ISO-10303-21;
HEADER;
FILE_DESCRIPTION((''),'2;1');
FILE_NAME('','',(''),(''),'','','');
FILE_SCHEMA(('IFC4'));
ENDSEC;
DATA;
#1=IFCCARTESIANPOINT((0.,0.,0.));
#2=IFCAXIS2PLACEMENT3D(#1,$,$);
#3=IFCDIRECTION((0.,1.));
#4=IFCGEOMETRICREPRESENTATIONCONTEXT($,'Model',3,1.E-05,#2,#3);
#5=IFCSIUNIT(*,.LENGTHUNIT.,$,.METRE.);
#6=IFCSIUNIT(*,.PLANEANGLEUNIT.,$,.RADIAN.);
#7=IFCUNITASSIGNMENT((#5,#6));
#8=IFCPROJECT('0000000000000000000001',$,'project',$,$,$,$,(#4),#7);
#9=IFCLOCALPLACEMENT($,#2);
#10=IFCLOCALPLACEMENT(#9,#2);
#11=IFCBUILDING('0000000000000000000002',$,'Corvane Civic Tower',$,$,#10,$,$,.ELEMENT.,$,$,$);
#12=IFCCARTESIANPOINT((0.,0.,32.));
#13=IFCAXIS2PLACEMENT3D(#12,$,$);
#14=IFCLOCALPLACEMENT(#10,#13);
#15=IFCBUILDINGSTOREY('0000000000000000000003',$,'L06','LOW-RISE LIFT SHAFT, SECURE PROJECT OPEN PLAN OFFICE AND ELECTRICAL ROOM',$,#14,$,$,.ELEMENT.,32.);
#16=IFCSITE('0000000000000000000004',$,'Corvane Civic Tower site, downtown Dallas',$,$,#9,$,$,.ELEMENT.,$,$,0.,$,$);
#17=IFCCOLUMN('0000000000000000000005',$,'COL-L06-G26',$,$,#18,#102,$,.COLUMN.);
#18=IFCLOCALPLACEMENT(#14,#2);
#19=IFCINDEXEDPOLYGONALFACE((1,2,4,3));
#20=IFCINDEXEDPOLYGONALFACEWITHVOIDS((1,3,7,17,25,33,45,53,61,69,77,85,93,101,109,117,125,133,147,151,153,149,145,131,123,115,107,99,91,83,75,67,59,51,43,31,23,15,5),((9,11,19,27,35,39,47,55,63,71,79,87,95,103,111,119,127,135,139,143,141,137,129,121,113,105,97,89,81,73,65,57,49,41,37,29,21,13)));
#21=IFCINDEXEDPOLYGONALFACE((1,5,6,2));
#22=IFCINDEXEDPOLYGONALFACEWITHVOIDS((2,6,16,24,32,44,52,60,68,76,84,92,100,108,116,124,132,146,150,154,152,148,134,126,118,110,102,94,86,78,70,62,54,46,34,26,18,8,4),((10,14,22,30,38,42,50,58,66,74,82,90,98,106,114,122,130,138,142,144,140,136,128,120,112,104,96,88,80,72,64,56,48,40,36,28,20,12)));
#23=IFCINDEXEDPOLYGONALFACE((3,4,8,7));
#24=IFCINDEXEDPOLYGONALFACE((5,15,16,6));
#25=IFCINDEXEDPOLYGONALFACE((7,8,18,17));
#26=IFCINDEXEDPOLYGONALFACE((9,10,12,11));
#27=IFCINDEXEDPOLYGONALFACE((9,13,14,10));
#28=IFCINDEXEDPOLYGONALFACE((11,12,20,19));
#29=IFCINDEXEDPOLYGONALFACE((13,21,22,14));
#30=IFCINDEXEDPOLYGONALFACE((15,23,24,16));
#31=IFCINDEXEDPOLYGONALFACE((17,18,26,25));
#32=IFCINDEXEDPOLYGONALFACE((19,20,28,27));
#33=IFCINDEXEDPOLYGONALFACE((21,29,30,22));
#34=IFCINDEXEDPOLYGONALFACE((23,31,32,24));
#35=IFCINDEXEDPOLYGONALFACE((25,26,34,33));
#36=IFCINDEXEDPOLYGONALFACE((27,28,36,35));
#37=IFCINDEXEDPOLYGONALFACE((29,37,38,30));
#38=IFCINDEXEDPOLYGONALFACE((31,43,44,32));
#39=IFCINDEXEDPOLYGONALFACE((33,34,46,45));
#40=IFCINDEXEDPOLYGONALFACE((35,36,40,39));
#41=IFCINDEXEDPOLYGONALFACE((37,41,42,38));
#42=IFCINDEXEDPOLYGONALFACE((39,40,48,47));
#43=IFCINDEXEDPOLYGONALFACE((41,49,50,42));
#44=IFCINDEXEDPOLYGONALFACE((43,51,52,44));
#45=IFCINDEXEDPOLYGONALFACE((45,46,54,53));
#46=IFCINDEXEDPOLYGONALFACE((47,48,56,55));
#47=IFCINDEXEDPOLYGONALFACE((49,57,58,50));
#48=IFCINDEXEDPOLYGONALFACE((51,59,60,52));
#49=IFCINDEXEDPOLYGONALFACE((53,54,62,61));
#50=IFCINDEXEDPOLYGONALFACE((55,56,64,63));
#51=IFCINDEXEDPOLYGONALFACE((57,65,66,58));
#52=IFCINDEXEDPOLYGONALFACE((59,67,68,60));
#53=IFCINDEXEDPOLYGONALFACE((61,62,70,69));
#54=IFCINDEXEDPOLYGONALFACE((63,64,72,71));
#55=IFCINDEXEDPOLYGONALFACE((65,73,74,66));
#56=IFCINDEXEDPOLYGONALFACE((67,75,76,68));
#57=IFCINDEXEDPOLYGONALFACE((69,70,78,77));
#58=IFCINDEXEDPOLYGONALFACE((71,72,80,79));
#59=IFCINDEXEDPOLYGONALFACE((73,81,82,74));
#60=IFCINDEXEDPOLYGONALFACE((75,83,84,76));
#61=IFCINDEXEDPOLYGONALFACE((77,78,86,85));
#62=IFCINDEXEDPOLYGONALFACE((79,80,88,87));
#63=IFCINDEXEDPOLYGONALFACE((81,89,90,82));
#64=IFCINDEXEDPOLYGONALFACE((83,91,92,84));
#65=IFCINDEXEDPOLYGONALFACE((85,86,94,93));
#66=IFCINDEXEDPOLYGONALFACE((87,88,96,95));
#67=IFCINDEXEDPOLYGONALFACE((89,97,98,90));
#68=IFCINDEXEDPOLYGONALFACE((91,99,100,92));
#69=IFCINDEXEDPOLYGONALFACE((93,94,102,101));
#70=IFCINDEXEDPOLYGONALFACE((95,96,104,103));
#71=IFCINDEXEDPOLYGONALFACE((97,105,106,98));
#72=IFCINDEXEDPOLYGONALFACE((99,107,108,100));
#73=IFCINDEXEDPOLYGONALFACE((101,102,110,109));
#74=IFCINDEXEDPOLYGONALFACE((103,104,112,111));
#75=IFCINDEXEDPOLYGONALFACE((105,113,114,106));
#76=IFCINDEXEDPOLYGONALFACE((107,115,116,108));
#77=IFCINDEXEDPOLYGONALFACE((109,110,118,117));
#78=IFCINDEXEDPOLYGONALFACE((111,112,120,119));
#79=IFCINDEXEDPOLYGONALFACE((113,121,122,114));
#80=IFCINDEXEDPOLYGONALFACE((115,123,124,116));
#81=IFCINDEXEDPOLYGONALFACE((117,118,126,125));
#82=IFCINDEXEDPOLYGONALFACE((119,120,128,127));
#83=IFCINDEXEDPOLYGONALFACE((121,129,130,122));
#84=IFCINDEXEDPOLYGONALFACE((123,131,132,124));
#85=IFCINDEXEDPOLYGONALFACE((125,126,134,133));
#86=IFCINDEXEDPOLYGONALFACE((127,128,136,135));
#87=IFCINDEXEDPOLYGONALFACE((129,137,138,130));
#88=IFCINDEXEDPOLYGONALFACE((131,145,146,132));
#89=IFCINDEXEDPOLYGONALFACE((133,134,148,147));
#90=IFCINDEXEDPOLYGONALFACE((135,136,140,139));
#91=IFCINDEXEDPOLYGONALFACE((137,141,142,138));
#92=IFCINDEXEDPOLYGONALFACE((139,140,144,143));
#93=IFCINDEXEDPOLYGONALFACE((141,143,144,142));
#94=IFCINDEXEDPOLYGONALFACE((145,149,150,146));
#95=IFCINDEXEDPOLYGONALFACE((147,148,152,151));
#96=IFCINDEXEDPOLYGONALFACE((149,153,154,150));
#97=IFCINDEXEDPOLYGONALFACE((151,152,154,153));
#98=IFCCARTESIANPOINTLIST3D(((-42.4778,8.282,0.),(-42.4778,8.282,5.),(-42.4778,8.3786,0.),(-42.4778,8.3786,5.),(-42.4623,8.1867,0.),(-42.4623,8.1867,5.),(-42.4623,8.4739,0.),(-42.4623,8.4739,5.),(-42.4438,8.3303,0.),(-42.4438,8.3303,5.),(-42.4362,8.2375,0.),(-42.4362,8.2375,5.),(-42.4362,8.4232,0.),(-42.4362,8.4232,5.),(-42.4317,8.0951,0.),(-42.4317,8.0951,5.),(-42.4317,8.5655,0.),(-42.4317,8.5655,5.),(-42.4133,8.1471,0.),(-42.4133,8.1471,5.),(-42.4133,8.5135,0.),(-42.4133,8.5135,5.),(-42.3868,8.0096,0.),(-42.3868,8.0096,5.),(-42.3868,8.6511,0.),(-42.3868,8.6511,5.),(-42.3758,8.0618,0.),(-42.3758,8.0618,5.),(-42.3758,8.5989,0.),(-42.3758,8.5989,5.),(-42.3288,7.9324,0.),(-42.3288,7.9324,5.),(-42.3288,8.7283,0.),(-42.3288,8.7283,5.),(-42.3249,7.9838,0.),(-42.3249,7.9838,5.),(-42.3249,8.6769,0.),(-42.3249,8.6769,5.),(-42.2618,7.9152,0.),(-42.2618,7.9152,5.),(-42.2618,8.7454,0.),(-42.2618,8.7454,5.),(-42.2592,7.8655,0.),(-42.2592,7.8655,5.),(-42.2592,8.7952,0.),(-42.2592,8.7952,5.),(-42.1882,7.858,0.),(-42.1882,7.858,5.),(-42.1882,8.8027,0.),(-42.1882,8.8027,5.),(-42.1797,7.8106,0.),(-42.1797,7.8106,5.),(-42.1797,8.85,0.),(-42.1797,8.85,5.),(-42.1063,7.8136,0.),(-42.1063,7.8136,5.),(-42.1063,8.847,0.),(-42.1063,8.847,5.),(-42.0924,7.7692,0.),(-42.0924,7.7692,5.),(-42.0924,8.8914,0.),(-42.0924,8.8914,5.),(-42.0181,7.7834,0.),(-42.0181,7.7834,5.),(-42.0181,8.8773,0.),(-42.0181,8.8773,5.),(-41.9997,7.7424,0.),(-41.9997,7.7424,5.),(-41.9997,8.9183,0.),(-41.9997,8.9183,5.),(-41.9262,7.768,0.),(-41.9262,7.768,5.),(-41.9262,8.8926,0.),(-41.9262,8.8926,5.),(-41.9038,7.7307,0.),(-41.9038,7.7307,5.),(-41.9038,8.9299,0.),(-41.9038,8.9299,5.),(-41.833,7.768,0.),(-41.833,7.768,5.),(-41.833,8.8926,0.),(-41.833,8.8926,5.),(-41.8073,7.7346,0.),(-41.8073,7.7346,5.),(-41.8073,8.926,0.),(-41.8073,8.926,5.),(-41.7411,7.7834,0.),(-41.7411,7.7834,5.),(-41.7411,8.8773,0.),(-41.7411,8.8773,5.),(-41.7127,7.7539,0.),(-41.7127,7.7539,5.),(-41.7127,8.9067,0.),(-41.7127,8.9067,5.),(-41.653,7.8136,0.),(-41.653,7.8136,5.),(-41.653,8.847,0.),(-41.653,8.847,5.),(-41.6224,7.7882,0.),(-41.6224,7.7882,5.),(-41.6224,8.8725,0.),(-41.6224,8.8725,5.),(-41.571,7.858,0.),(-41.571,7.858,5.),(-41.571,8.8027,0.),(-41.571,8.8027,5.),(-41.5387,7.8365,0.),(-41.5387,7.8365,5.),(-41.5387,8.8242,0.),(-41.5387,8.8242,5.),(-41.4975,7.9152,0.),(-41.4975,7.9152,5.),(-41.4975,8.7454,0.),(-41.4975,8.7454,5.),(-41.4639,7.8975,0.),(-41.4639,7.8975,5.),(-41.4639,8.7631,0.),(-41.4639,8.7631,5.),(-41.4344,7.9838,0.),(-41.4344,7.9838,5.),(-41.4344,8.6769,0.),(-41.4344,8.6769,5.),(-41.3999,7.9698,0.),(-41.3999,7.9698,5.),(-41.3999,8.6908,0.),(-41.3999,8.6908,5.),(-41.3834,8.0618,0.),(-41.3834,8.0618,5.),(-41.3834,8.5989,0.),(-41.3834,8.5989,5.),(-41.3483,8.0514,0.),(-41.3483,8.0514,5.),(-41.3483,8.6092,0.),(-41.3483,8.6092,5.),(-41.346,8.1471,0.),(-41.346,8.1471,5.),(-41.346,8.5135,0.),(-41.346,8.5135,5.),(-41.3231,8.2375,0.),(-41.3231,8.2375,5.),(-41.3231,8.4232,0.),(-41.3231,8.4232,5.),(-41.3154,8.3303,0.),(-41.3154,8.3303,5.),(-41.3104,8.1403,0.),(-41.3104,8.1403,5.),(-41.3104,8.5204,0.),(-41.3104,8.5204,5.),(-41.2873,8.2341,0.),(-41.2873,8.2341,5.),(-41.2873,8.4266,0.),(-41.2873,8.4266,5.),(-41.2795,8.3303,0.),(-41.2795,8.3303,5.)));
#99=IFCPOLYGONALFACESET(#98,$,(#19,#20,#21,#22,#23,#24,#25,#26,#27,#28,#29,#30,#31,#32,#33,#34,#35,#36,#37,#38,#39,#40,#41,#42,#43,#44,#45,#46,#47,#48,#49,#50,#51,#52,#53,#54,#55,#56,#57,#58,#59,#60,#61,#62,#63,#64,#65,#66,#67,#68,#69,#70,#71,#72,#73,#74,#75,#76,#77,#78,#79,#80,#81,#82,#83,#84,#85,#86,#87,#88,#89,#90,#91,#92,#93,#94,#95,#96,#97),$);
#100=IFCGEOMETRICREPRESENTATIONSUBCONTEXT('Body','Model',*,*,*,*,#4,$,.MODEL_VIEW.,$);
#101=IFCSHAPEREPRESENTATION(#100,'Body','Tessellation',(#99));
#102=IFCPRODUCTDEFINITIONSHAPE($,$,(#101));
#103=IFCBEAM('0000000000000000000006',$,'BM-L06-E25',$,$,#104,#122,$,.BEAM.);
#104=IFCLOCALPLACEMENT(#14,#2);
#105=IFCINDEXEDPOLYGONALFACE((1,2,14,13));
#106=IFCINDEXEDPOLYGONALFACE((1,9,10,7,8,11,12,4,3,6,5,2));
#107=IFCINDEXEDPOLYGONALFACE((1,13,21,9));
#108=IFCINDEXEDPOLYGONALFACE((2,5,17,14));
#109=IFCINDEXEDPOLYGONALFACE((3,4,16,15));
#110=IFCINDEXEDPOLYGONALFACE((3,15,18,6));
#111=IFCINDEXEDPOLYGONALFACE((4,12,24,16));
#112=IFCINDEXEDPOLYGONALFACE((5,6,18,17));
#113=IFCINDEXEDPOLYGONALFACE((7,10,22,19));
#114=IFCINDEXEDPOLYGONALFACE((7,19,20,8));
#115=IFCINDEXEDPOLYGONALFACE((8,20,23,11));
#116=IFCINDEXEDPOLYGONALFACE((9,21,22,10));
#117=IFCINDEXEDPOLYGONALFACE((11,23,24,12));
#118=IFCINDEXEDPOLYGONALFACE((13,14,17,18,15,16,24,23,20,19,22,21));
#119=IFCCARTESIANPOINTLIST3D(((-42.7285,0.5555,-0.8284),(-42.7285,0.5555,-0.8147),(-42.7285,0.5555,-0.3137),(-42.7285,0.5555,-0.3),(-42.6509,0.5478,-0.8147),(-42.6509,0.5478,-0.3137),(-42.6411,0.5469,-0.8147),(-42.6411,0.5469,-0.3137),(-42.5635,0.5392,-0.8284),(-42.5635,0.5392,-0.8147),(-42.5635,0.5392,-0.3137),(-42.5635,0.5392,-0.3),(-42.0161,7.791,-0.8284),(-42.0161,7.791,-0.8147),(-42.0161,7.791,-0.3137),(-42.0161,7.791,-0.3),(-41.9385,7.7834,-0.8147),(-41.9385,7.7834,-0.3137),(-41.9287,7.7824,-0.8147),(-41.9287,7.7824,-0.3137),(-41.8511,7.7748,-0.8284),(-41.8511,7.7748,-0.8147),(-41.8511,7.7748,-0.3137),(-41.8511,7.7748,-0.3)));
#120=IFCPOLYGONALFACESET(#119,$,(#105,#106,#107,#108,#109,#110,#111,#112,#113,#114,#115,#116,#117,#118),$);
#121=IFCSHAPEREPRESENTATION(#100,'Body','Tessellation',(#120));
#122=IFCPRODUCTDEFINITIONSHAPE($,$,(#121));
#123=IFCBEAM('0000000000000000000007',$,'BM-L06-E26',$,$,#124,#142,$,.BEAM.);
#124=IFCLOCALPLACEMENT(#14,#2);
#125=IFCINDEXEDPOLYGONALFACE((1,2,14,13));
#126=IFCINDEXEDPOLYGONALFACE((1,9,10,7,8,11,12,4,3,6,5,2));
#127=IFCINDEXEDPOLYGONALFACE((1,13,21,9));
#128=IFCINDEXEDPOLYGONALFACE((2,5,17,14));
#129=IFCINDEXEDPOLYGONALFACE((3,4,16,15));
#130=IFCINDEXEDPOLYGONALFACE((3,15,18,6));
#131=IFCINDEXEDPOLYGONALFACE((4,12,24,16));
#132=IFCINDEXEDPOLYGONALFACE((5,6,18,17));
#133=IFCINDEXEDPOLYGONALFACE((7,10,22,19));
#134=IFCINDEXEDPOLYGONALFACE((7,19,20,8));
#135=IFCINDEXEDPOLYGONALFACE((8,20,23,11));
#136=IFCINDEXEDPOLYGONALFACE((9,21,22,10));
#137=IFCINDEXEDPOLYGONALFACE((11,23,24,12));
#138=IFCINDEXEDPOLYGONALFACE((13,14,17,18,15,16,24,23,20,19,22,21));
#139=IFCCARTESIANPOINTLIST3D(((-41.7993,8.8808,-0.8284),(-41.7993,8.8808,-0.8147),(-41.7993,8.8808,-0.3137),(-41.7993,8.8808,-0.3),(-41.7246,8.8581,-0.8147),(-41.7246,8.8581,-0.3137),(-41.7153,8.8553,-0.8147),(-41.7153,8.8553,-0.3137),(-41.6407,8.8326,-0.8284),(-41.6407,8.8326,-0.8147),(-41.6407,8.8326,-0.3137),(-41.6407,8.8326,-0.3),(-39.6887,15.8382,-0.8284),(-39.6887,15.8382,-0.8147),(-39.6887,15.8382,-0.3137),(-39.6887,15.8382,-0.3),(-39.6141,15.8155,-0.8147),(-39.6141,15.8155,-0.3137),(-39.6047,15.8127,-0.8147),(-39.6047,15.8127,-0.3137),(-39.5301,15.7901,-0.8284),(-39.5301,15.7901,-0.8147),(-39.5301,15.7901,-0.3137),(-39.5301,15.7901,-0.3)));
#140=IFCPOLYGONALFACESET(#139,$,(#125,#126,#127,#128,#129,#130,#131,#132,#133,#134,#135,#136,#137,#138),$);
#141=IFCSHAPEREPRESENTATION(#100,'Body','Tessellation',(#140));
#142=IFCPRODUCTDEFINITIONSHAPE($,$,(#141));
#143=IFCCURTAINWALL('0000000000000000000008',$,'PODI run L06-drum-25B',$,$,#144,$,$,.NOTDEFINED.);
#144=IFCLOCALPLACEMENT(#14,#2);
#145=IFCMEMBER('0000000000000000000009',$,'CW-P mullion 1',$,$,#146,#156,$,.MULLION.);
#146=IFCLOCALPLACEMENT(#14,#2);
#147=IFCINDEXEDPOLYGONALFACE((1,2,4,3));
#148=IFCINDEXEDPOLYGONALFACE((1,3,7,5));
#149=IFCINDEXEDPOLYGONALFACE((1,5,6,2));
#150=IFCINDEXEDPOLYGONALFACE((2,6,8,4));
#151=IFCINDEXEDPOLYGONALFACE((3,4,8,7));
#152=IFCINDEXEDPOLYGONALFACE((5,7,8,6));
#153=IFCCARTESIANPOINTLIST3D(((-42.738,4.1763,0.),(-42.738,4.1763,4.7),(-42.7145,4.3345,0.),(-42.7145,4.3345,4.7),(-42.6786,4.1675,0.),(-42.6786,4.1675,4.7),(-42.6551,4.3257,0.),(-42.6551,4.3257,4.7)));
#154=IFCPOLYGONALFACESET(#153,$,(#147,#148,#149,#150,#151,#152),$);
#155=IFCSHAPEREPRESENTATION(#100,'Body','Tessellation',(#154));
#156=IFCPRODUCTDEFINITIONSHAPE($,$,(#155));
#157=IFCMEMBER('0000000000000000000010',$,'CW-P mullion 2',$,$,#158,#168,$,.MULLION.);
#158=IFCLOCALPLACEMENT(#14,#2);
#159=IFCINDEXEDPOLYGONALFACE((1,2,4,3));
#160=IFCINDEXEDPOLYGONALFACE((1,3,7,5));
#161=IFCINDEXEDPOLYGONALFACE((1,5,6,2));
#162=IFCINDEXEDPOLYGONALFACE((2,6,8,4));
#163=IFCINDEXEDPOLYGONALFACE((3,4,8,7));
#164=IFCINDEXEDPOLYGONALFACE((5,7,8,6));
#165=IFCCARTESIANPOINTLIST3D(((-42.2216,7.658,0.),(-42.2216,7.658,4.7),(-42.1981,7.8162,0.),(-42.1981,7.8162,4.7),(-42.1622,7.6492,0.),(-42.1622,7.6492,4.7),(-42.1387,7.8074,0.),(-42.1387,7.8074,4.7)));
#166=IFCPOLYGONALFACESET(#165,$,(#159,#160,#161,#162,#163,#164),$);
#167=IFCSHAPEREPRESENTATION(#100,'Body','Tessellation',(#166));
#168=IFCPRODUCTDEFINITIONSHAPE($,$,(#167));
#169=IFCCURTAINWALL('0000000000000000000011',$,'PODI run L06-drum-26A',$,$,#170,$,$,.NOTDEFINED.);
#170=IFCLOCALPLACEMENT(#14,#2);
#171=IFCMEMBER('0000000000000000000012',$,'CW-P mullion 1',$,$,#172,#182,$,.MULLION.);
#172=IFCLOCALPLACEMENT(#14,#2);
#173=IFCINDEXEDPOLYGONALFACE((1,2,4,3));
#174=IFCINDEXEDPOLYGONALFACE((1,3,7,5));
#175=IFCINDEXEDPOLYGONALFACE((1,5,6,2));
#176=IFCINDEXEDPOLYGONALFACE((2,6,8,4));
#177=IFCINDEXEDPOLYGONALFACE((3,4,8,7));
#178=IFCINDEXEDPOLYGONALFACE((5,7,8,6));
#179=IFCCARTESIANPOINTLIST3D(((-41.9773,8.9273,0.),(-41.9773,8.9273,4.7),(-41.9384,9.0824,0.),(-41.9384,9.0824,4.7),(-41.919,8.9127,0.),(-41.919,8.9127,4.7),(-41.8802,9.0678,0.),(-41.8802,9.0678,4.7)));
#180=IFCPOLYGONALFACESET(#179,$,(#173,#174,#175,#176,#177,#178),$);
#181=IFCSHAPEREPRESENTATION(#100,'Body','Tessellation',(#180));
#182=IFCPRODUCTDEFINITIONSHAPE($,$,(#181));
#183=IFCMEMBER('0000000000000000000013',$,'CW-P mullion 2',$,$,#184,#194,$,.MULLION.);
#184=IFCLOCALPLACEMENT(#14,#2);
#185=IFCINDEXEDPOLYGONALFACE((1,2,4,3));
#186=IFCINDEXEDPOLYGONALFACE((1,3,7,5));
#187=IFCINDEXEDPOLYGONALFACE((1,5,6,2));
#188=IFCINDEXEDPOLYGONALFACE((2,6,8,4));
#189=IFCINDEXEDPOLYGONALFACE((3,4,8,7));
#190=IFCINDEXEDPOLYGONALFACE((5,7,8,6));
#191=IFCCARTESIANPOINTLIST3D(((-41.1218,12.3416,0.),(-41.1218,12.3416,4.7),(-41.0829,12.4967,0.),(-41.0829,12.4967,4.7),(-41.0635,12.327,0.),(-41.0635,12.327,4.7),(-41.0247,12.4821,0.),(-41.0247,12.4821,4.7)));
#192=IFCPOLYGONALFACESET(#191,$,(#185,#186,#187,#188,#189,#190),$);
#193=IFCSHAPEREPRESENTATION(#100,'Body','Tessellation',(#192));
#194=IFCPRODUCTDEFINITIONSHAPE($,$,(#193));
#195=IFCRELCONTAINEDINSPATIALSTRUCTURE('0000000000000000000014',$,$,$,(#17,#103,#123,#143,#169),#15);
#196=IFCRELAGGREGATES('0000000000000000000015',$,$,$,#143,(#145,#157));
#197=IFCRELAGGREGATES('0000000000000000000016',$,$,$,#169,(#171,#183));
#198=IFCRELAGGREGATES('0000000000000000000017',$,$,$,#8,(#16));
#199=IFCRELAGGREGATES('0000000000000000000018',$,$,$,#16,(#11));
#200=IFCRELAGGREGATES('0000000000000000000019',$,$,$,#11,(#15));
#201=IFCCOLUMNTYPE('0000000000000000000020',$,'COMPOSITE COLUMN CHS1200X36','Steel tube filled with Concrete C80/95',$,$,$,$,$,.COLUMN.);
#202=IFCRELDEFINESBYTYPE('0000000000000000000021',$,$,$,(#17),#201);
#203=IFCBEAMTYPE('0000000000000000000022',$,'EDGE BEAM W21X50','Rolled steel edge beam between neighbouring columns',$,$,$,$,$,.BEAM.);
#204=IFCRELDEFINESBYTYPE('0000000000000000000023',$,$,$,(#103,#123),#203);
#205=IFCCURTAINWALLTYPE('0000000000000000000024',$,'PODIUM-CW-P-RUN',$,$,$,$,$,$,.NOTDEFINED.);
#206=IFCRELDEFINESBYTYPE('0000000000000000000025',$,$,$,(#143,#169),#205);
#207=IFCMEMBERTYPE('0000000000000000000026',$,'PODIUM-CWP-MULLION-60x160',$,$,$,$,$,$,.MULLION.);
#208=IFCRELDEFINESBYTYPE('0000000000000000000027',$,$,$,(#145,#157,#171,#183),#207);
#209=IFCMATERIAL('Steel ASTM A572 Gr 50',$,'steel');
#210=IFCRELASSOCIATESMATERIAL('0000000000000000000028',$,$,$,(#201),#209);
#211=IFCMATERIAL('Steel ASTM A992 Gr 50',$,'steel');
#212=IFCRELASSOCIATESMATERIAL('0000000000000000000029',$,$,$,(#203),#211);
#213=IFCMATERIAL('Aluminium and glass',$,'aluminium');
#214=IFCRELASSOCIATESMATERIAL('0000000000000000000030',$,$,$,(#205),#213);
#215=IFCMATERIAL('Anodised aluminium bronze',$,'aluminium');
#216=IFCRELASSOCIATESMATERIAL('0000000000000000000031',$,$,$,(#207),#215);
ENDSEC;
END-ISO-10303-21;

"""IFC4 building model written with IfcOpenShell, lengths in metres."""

from ifc_helpers import new_model, si_unit, direction, frame, origin, origin_2d, place, context, subcontext, project, spatial, rectangle, hollow_circle, i_section, extrude, material, material_profile, profile_set, type_object, element, aggregate, save


model = new_model("IFC4")

# Units and contexts
model_context = context("Model", 3, precision=1e-05, world=origin(), true_north=direction((0.0, 1.0)))
body_context = subcontext(model_context, "Body", "Model", "MODEL_VIEW")
ifc_project = project(units=[si_unit("LENGTHUNIT", "METRE"), si_unit("PLANEANGLEUNIT", "RADIAN")], contexts=[model_context])

# Site, building, storey
site_placement = place(None, origin())
site = spatial("IfcSite", under=ifc_project, at=site_placement, Name="Corvane Civic Tower site, downtown Dallas", CompositionType="ELEMENT", RefElevation=0.0)
building_placement = place(site_placement, origin())
building = spatial("IfcBuilding", under=site, at=building_placement, Name="Corvane Civic Tower", CompositionType="ELEMENT")
storey_placement = place(building_placement, frame((0.0, 0.0, 32.0)))
storey = spatial("IfcBuildingStorey", under=building, at=storey_placement, Name="L06", Description="LOW-RISE LIFT SHAFT, SECURE PROJECT OPEN PLAN OFFICE AND ELECTRICAL ROOM", CompositionType="ELEMENT", Elevation=32.0)

# Column
ifc_material_1 = material(Name="Steel ASTM A572 Gr 50", Category="steel")
ifc_material_profile_1 = material_profile(ifc_material_1, hollow_circle(Radius=0.6001, WallThickness=0.0359, at=origin_2d()), Name="CHS1200X36")
ifc_profile_set_1 = profile_set([ifc_material_profile_1], Name="Steel ASTM A572 Gr 50")
column_type = type_object("IfcColumnType", Name="COMPOSITE COLUMN CHS1200X36", Description="Steel tube filled with Concrete C80/95", PredefinedType="COLUMN", material=ifc_profile_set_1)
column_placement = place(storey_placement, frame((-41.8796, 8.3303, 0.0), z_axis=(0.0, 0.0, 1.0), x_axis=(1.0, 0.0, 0.0)))
element("IfcColumn", 1, at=column_placement, inside=storey, type_object=column_type, Name="COL-L06-G26", PredefinedType="COLUMN", context=body_context, shape_type="SweptSolid", body=[
    extrude(hollow_circle(Radius=0.6001, WallThickness=0.0359, at=origin_2d()), origin(), (0.0, 0.0, 1.0), 5.0),
])

# Beams
ifc_material_2 = material(Name="Steel ASTM A992 Gr 50", Category="steel")
ifc_material_profile_2 = material_profile(ifc_material_2, i_section(OverallWidth=0.1658, OverallDepth=0.5283, WebThickness=0.0098, FlangeThickness=0.0137, at=origin_2d()), Name="W21X50")
ifc_profile_set_2 = profile_set([ifc_material_profile_2], Name="Steel ASTM A992 Gr 50")
beam_type = type_object("IfcBeamType", Name="EDGE BEAM W21X50", Description="Rolled steel edge beam between neighbouring columns", PredefinedType="BEAM", material=ifc_profile_set_2)
for number, where, z_axis, x_axis, name in (
    (2, (-42.646, 0.5474, -0.5642), (0.097984, 0.995188, 0.0), (-0.995188, 0.097984, 0.0), "BM-L06-E25"),
    (3, (-41.72, 8.8567, -0.5642), (0.290292, 0.956938, 0.0), (-0.956938, 0.290292, 0.0), "BM-L06-E26"),
):
    element("IfcBeam", number, at=place(storey_placement, frame(where, z_axis=z_axis, x_axis=x_axis)), inside=storey, type_object=beam_type, Name=name, PredefinedType="BEAM", context=body_context, shape_type="SweptSolid", body=[
        extrude(i_section(OverallWidth=0.1658, OverallDepth=0.5283, WebThickness=0.0098, FlangeThickness=0.0137, at=origin_2d()), origin(), (0.0, 0.0, 1.0), 7.2705),
    ])

# Curtain walls, members
ifc_material_3 = material(Name="Aluminium and glass", Category="aluminium")
curtain_wall_type = type_object("IfcCurtainWallType", Name="PODIUM-CW-P-RUN", PredefinedType="NOTDEFINED", material=ifc_material_3)
curtain_wall_1_placement = place(storey_placement, origin())
curtain_wall_1 = element("IfcCurtainWall", 4, at=curtain_wall_1_placement, inside=storey, type_object=curtain_wall_type, Name="PODI run L06-drum-25B", PredefinedType="NOTDEFINED")
ifc_material_4 = material(Name="Anodised aluminium bronze", Category="aluminium")
ifc_material_profile_3 = material_profile(ifc_material_4, rectangle(XDim=0.0601, YDim=0.1599, at=origin_2d()), Name="AL 60x160")
ifc_profile_set_3 = profile_set([ifc_material_profile_3], Name="Anodised aluminium bronze")
member_type_1 = type_object("IfcMemberType", Name="PODIUM-CWP-MULLION-60x160", PredefinedType="MULLION", material=ifc_profile_set_3)
member_1_placement = place(storey_placement, frame((-42.6965, 4.251, 0.0), z_axis=(0.0, 0.0, 1.0), x_axis=(-0.989179, 0.146715, 0.0)))
member_1 = element("IfcMember", 5, at=member_1_placement, type_object=member_type_1, Name="CW-P mullion 1", PredefinedType="MULLION", context=body_context, shape_type="SweptSolid", body=[
    extrude(rectangle(XDim=0.0601, YDim=0.1599, at=origin_2d()), origin(), (0.0, 0.0, 1.0), 4.7),
])
member_2_placement = place(storey_placement, frame((-42.1802, 7.7327, 0.0), z_axis=(0.0, 0.0, 1.0), x_axis=(-0.989179, 0.146715, 0.0)))
member_2 = element("IfcMember", 6, at=member_2_placement, type_object=member_type_1, Name="CW-P mullion 2", PredefinedType="MULLION", context=body_context, shape_type="SweptSolid", body=[
    extrude(rectangle(XDim=0.0601, YDim=0.1599, at=origin_2d()), origin(), (0.0, 0.0, 1.0), 4.7),
])
curtain_wall_2_placement = place(storey_placement, origin())
curtain_wall_2 = element("IfcCurtainWall", 7, at=curtain_wall_2_placement, inside=storey, type_object=curtain_wall_type, Name="PODI run L06-drum-26A", PredefinedType="NOTDEFINED")
member_3_placement = place(storey_placement, frame((-41.9287, 8.9976, 0.0), z_axis=(0.0, 0.0, 1.0), x_axis=(-0.970024, 0.243009, 0.0)))
member_3 = element("IfcMember", 8, at=member_3_placement, type_object=member_type_1, Name="CW-P mullion 1", PredefinedType="MULLION", context=body_context, shape_type="SweptSolid", body=[
    extrude(rectangle(XDim=0.0601, YDim=0.1599, at=origin_2d()), origin(), (0.0, 0.0, 1.0), 4.7),
])
member_4_placement = place(storey_placement, frame((-41.0732, 12.4119, 0.0), z_axis=(0.0, 0.0, 1.0), x_axis=(-0.970024, 0.243009, 0.0)))
member_4 = element("IfcMember", 9, at=member_4_placement, type_object=member_type_1, Name="CW-P mullion 2", PredefinedType="MULLION", context=body_context, shape_type="SweptSolid", body=[
    extrude(rectangle(XDim=0.0601, YDim=0.1599, at=origin_2d()), origin(), (0.0, 0.0, 1.0), 4.7),
])

aggregate(curtain_wall_1, [member_1, member_2])
aggregate(curtain_wall_2, [member_3, member_4])

save(model, "model.ifc")
